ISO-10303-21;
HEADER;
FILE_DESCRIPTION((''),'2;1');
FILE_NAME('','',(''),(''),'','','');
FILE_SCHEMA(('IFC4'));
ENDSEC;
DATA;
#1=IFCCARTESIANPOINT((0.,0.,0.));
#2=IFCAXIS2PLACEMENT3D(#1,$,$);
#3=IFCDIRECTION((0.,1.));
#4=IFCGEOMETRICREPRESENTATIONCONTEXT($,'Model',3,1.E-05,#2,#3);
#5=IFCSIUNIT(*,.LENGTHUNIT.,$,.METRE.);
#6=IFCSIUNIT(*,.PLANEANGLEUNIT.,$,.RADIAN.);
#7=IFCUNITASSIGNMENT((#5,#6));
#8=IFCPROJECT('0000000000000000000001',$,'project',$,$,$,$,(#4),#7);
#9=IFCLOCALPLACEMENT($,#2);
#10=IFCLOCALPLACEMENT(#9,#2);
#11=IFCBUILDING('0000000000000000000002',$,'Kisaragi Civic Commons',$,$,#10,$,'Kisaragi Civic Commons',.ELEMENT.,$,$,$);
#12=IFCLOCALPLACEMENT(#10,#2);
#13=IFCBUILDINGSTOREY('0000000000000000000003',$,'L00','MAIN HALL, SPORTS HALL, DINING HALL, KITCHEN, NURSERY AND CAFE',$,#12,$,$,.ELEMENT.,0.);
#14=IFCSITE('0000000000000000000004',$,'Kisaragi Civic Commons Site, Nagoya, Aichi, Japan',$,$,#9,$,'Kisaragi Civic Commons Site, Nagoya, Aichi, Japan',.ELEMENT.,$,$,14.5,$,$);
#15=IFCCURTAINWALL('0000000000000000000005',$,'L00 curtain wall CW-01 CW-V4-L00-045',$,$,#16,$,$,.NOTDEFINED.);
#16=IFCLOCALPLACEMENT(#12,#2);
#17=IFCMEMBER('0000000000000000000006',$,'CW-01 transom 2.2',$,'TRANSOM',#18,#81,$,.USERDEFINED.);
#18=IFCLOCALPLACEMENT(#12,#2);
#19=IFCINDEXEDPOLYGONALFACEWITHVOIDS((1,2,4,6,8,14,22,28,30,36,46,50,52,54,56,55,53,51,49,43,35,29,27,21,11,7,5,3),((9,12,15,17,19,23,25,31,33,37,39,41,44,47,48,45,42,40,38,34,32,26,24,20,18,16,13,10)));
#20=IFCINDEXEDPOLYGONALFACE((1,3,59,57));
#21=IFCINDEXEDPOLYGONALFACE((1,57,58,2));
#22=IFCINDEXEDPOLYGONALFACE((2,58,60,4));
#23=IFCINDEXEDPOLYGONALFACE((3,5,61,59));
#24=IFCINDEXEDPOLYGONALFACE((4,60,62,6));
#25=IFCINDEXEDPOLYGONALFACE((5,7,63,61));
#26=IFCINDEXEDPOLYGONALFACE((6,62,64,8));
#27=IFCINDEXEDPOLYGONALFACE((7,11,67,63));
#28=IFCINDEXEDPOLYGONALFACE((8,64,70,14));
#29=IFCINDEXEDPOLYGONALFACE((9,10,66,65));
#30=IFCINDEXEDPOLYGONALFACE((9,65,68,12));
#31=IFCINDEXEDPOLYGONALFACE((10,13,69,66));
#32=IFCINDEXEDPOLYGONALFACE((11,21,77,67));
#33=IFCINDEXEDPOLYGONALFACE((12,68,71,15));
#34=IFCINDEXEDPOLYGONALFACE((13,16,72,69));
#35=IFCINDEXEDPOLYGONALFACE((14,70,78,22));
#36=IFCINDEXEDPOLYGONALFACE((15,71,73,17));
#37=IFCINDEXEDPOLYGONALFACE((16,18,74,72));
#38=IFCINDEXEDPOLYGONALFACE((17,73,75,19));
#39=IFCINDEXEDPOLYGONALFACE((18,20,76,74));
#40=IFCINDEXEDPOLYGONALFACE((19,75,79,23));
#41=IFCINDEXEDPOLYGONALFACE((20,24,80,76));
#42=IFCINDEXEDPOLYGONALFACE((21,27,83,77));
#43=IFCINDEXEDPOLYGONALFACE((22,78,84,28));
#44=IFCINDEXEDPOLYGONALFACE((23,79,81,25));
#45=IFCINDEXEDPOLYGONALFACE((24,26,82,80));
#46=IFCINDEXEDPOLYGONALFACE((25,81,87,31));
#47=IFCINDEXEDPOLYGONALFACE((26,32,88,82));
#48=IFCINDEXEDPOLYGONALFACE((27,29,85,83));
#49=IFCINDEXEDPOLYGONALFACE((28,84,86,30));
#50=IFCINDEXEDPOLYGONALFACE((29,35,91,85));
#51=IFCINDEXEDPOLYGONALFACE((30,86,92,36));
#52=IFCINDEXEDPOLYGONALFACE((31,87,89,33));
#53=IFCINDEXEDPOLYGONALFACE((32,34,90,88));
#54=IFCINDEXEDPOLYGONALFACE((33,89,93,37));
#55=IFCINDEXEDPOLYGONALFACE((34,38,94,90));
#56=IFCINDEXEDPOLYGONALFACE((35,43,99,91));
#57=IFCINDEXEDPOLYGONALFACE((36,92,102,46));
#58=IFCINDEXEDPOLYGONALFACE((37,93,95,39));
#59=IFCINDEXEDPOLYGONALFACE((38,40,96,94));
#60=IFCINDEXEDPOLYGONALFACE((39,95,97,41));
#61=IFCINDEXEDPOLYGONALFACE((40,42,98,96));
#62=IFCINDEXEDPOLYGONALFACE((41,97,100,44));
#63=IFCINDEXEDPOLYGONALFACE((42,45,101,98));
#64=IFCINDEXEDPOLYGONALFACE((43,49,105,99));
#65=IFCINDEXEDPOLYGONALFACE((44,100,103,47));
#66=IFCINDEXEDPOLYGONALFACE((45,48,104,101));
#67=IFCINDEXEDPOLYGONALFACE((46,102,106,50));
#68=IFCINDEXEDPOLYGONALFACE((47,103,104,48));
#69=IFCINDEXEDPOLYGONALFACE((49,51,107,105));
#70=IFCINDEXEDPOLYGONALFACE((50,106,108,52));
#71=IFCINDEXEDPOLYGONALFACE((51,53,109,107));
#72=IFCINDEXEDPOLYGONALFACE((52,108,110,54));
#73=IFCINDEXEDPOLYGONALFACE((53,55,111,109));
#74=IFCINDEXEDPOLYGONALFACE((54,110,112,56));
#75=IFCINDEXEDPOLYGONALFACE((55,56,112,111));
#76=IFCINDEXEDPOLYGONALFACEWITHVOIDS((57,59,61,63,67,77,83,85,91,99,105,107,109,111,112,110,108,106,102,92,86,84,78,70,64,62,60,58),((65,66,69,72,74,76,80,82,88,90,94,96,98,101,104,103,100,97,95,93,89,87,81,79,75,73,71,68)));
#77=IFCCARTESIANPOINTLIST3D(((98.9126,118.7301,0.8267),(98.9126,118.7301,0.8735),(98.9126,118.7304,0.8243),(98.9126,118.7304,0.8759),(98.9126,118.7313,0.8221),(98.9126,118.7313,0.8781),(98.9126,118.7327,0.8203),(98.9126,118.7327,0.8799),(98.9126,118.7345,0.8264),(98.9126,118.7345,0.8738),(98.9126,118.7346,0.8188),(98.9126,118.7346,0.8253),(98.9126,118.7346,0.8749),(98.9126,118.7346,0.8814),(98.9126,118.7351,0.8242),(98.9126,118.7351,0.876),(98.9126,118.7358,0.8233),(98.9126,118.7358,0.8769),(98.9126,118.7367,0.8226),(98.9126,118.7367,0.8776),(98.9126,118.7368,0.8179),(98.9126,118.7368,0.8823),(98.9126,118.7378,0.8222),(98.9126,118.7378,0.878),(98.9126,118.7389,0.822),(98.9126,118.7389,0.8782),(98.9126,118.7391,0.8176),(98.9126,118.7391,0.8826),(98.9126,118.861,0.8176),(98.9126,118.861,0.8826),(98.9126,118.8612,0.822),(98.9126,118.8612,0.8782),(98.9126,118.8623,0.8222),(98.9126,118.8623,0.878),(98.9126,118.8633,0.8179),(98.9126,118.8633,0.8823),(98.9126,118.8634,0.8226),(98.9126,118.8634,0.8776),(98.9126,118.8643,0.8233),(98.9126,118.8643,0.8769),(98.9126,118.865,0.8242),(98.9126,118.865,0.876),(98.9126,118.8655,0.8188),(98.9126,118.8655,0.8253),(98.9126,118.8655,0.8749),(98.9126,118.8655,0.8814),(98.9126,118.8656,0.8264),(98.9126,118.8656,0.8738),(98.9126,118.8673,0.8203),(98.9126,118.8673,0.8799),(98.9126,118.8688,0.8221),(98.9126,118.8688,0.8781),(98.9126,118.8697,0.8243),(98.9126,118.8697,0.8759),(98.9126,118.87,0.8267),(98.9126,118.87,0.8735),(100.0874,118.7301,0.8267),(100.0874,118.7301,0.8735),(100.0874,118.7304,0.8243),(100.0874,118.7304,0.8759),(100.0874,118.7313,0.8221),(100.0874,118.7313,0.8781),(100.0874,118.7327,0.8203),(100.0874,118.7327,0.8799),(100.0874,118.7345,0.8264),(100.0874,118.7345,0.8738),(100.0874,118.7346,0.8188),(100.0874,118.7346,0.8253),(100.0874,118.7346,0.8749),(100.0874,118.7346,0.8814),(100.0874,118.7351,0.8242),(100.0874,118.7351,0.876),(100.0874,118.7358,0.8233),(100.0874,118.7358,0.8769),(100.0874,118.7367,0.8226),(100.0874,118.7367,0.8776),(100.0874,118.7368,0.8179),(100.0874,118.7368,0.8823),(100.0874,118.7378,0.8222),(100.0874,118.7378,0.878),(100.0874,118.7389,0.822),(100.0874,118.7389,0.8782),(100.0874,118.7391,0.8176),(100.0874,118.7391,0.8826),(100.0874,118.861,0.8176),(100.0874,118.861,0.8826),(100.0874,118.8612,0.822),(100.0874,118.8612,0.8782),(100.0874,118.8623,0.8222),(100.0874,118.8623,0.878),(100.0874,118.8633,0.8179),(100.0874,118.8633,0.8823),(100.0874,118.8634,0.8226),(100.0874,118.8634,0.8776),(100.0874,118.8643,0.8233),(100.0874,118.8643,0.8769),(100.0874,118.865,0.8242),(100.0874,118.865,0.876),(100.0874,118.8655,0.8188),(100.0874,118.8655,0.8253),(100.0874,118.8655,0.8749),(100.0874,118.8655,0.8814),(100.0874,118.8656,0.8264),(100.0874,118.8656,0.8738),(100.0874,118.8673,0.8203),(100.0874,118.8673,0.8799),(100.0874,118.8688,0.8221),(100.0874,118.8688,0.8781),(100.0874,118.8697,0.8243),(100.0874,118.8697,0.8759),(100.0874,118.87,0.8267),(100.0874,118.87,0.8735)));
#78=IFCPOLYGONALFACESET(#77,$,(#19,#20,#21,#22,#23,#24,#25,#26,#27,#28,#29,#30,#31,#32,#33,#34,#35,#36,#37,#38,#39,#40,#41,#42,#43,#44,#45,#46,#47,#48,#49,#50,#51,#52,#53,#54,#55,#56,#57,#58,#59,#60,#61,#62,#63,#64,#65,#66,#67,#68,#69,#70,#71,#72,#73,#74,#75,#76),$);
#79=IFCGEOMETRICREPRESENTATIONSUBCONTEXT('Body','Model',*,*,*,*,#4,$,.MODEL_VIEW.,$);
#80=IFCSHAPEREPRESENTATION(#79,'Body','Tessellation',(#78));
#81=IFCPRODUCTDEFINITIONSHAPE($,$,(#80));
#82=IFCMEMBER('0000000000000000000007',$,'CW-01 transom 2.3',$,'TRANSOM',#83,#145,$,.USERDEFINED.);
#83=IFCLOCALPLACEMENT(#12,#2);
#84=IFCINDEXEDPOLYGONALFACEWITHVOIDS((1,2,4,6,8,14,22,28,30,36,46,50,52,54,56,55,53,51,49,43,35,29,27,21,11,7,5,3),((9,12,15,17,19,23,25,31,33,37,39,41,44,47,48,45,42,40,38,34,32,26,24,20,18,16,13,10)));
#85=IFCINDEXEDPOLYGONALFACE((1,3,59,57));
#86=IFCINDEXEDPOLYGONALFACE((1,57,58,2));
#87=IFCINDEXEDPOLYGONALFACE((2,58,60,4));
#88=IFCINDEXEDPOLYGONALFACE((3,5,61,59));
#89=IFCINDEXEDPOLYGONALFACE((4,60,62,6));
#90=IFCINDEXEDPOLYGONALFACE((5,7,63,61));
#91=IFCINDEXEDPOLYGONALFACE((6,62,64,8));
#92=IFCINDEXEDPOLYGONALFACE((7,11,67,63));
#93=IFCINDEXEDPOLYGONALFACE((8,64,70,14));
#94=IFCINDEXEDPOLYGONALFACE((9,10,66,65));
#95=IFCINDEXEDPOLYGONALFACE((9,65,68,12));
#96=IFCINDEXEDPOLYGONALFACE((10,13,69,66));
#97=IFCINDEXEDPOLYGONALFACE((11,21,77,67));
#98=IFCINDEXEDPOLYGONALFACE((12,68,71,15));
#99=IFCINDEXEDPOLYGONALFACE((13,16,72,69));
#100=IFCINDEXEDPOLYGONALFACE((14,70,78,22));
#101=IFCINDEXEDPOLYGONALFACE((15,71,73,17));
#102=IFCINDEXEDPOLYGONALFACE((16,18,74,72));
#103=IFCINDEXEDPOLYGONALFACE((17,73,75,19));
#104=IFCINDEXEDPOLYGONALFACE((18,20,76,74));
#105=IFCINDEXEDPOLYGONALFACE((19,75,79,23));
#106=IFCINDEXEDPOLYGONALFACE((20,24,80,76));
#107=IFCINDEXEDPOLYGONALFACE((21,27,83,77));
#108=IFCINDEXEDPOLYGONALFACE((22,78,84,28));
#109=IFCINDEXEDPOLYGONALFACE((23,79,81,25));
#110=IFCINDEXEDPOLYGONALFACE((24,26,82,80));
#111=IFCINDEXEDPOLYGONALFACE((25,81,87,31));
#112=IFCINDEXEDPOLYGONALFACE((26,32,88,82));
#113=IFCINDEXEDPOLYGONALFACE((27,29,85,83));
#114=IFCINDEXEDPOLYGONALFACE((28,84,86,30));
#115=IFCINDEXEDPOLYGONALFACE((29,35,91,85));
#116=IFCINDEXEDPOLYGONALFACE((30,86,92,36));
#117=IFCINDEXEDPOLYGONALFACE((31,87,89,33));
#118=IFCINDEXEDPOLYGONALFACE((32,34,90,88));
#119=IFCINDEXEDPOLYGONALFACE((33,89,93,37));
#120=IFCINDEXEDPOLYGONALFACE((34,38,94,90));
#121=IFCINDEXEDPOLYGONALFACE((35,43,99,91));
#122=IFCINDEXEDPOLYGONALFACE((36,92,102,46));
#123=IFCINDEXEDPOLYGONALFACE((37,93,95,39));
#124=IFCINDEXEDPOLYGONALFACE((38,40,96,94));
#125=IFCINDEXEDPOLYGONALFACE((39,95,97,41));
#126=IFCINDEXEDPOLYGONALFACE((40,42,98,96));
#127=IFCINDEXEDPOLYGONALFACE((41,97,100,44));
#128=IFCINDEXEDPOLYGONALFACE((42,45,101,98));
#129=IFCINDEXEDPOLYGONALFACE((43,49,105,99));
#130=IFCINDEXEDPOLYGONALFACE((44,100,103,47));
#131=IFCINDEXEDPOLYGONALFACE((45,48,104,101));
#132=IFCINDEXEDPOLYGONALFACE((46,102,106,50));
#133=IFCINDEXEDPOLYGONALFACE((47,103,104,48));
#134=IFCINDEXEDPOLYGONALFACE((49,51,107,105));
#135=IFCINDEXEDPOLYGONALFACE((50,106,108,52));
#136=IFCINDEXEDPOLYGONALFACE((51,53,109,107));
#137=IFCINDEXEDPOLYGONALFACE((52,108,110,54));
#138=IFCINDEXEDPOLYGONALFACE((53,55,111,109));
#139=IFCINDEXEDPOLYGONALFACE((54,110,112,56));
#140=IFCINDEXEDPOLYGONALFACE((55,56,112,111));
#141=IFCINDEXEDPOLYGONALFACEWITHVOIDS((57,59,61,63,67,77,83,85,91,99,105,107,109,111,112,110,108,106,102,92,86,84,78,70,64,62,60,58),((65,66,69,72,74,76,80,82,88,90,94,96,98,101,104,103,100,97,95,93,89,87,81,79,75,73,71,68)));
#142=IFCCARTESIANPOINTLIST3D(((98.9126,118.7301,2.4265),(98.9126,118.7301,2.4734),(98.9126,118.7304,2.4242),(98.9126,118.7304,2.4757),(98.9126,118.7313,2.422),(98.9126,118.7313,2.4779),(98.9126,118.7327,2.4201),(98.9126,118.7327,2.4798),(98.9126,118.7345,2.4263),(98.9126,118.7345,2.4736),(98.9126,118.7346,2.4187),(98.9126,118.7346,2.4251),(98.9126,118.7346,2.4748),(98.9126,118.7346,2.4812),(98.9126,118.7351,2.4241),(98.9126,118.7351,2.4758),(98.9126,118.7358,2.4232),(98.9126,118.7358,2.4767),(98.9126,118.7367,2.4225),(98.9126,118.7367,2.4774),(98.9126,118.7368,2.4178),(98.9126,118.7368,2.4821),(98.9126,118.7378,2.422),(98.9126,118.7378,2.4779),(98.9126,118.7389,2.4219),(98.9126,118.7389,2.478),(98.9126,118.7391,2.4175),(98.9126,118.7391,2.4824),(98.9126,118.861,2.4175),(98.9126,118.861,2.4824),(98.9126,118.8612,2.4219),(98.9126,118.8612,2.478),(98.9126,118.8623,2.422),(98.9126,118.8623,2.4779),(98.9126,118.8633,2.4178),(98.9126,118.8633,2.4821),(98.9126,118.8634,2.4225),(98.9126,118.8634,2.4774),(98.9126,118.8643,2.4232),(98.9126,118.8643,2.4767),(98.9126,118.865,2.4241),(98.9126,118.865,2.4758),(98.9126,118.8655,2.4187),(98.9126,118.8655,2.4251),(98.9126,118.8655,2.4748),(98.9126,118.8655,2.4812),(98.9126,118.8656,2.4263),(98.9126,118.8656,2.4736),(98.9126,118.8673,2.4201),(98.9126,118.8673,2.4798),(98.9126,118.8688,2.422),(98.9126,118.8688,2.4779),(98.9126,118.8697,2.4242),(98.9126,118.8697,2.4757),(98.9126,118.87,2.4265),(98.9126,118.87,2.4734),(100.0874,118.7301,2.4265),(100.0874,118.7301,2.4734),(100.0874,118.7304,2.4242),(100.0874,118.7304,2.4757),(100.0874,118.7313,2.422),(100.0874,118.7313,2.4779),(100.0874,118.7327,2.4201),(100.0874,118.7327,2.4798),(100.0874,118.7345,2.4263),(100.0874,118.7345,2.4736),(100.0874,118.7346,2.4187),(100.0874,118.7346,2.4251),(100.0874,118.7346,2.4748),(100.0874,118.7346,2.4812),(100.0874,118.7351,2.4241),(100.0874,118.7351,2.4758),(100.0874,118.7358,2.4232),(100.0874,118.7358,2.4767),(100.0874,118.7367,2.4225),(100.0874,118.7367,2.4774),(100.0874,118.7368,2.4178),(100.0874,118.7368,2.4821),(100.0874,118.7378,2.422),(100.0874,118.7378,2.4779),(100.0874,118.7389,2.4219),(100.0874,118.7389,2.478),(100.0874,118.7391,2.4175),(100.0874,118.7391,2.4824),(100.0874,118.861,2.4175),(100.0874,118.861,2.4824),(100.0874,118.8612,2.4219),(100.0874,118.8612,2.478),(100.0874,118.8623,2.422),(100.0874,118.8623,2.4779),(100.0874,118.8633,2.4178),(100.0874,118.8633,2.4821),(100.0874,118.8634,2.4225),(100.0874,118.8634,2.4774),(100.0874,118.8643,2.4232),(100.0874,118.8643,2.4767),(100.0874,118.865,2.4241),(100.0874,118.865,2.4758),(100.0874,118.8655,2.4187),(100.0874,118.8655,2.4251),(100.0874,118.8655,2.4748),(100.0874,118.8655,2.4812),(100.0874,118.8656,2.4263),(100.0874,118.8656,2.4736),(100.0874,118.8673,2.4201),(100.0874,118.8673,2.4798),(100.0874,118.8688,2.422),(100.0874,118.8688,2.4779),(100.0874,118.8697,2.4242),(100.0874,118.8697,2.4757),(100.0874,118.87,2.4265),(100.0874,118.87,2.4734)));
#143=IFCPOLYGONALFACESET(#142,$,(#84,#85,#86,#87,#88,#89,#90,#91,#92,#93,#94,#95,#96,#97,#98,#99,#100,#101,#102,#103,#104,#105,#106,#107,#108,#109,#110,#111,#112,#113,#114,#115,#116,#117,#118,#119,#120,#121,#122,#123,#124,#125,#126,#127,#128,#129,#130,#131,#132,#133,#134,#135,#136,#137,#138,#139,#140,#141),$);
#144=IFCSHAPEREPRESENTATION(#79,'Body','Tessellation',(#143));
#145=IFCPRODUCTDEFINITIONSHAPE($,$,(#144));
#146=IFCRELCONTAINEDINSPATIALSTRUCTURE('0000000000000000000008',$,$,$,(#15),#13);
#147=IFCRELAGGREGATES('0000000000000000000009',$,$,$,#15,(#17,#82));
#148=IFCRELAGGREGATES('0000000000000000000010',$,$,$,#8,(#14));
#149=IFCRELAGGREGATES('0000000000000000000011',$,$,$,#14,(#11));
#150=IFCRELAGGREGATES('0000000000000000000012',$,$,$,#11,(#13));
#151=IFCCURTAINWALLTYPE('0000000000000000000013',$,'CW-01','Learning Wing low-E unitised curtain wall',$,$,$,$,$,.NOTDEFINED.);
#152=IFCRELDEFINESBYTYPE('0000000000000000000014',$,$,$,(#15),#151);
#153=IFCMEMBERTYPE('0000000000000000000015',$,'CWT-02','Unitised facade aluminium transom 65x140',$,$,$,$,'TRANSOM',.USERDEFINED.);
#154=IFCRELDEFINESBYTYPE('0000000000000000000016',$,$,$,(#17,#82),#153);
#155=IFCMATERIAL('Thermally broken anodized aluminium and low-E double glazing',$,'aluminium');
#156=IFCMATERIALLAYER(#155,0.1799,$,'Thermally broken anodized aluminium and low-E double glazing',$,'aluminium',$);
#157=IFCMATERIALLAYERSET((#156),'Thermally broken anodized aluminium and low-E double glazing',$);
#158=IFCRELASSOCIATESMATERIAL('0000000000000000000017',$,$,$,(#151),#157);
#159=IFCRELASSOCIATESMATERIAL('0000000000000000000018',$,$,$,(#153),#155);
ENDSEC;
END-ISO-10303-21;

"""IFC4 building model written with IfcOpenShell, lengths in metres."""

from ifc_helpers import new_model, si_unit, direction, frame, origin, origin_2d, place, context, subcontext, project, spatial, hollow_rectangle, extrude, material, layer, layer_set, material_profile, profile_set, type_object, element, aggregate, save


model = new_model("IFC4")

# Units and contexts
model_context = context("Model", 3, precision=1e-05, world=origin(), true_north=direction((0.0, 1.0)))
body_context = subcontext(model_context, "Body", "Model", "MODEL_VIEW")
ifc_project = project(units=[si_unit("LENGTHUNIT", "METRE"), si_unit("PLANEANGLEUNIT", "RADIAN")], contexts=[model_context])

# Site, building, storey
site_placement = place(None, origin())
site = spatial("IfcSite", under=ifc_project, at=site_placement, Name="Kisaragi Civic Commons Site, Nagoya, Aichi, Japan", LongName="Kisaragi Civic Commons Site, Nagoya, Aichi, Japan", CompositionType="ELEMENT", RefElevation=14.5)
building_placement = place(site_placement, origin())
building = spatial("IfcBuilding", under=site, at=building_placement, Name="Kisaragi Civic Commons", LongName="Kisaragi Civic Commons", CompositionType="ELEMENT")
storey_placement = place(building_placement, origin())
storey = spatial("IfcBuildingStorey", under=building, at=storey_placement, Name="L00", Description="MAIN HALL, SPORTS HALL, DINING HALL, KITCHEN, NURSERY AND CAFE", CompositionType="ELEMENT", Elevation=0.0)

# Curtain wall, members
ifc_material_1 = material(Name="Thermally broken anodized aluminium and low-E double glazing", Category="aluminium")
ifc_layer_1 = layer(ifc_material_1, 0.1799, Name="Thermally broken anodized aluminium and low-E double glazing", Category="aluminium")
ifc_layer_set_1 = layer_set([ifc_layer_1], Name="Thermally broken anodized aluminium and low-E double glazing")
curtain_wall_type = type_object("IfcCurtainWallType", Name="CW-01", Description="Learning Wing low-E unitised curtain wall", PredefinedType="NOTDEFINED", material=ifc_layer_set_1)
curtain_wall_placement = place(storey_placement, origin())
curtain_wall = element("IfcCurtainWall", 1, at=curtain_wall_placement, inside=storey, type_object=curtain_wall_type, Name="L00 curtain wall CW-01 CW-V4-L00-045", PredefinedType="NOTDEFINED")
ifc_material_profile_1 = material_profile(ifc_material_1, hollow_rectangle(XDim=0.1399, YDim=0.0649, WallThickness=0.0044, InnerFilletRadius=0.0044, OuterFilletRadius=0.009, at=origin_2d()), Name="CWT-65x140x4.5", Category="aluminium")
ifc_profile_set_1 = profile_set([ifc_material_profile_1], Name="Thermally broken anodized aluminium and low-E double glazing")
member_type_1 = type_object("IfcMemberType", Name="CWT-02", Description="Unitised facade aluminium transom 65x140", ElementType="TRANSOM", PredefinedType="USERDEFINED", material=ifc_profile_set_1)
member_1_placement = place(storey_placement, frame((98.9126, 118.8, 0.8501), z_axis=(1.0, 0.0, 0.0), x_axis=(0.0, 1.0, 0.0)))
member_1 = element("IfcMember", 2, at=member_1_placement, type_object=member_type_1, Name="CW-01 transom 2.2", ObjectType="TRANSOM", PredefinedType="USERDEFINED", context=body_context, shape_type="SweptSolid", body=[
    extrude(hollow_rectangle(XDim=0.1399, YDim=0.0649, WallThickness=0.0044, InnerFilletRadius=0.0044, OuterFilletRadius=0.009, at=origin_2d()), origin(), (0.0, 0.0, 1.0), 1.1748),
])
member_2_placement = place(storey_placement, frame((98.9126, 118.8, 2.45), z_axis=(1.0, 0.0, 0.0), x_axis=(0.0, 1.0, 0.0)))
member_2 = element("IfcMember", 3, at=member_2_placement, type_object=member_type_1, Name="CW-01 transom 2.3", ObjectType="TRANSOM", PredefinedType="USERDEFINED", context=body_context, shape_type="SweptSolid", body=[
    extrude(hollow_rectangle(XDim=0.1399, YDim=0.0649, WallThickness=0.0044, InnerFilletRadius=0.0044, OuterFilletRadius=0.009, at=origin_2d()), origin(), (0.0, 0.0, 1.0), 1.1748),
])

aggregate(curtain_wall, [member_1, member_2])

save(model, "model.ifc")
